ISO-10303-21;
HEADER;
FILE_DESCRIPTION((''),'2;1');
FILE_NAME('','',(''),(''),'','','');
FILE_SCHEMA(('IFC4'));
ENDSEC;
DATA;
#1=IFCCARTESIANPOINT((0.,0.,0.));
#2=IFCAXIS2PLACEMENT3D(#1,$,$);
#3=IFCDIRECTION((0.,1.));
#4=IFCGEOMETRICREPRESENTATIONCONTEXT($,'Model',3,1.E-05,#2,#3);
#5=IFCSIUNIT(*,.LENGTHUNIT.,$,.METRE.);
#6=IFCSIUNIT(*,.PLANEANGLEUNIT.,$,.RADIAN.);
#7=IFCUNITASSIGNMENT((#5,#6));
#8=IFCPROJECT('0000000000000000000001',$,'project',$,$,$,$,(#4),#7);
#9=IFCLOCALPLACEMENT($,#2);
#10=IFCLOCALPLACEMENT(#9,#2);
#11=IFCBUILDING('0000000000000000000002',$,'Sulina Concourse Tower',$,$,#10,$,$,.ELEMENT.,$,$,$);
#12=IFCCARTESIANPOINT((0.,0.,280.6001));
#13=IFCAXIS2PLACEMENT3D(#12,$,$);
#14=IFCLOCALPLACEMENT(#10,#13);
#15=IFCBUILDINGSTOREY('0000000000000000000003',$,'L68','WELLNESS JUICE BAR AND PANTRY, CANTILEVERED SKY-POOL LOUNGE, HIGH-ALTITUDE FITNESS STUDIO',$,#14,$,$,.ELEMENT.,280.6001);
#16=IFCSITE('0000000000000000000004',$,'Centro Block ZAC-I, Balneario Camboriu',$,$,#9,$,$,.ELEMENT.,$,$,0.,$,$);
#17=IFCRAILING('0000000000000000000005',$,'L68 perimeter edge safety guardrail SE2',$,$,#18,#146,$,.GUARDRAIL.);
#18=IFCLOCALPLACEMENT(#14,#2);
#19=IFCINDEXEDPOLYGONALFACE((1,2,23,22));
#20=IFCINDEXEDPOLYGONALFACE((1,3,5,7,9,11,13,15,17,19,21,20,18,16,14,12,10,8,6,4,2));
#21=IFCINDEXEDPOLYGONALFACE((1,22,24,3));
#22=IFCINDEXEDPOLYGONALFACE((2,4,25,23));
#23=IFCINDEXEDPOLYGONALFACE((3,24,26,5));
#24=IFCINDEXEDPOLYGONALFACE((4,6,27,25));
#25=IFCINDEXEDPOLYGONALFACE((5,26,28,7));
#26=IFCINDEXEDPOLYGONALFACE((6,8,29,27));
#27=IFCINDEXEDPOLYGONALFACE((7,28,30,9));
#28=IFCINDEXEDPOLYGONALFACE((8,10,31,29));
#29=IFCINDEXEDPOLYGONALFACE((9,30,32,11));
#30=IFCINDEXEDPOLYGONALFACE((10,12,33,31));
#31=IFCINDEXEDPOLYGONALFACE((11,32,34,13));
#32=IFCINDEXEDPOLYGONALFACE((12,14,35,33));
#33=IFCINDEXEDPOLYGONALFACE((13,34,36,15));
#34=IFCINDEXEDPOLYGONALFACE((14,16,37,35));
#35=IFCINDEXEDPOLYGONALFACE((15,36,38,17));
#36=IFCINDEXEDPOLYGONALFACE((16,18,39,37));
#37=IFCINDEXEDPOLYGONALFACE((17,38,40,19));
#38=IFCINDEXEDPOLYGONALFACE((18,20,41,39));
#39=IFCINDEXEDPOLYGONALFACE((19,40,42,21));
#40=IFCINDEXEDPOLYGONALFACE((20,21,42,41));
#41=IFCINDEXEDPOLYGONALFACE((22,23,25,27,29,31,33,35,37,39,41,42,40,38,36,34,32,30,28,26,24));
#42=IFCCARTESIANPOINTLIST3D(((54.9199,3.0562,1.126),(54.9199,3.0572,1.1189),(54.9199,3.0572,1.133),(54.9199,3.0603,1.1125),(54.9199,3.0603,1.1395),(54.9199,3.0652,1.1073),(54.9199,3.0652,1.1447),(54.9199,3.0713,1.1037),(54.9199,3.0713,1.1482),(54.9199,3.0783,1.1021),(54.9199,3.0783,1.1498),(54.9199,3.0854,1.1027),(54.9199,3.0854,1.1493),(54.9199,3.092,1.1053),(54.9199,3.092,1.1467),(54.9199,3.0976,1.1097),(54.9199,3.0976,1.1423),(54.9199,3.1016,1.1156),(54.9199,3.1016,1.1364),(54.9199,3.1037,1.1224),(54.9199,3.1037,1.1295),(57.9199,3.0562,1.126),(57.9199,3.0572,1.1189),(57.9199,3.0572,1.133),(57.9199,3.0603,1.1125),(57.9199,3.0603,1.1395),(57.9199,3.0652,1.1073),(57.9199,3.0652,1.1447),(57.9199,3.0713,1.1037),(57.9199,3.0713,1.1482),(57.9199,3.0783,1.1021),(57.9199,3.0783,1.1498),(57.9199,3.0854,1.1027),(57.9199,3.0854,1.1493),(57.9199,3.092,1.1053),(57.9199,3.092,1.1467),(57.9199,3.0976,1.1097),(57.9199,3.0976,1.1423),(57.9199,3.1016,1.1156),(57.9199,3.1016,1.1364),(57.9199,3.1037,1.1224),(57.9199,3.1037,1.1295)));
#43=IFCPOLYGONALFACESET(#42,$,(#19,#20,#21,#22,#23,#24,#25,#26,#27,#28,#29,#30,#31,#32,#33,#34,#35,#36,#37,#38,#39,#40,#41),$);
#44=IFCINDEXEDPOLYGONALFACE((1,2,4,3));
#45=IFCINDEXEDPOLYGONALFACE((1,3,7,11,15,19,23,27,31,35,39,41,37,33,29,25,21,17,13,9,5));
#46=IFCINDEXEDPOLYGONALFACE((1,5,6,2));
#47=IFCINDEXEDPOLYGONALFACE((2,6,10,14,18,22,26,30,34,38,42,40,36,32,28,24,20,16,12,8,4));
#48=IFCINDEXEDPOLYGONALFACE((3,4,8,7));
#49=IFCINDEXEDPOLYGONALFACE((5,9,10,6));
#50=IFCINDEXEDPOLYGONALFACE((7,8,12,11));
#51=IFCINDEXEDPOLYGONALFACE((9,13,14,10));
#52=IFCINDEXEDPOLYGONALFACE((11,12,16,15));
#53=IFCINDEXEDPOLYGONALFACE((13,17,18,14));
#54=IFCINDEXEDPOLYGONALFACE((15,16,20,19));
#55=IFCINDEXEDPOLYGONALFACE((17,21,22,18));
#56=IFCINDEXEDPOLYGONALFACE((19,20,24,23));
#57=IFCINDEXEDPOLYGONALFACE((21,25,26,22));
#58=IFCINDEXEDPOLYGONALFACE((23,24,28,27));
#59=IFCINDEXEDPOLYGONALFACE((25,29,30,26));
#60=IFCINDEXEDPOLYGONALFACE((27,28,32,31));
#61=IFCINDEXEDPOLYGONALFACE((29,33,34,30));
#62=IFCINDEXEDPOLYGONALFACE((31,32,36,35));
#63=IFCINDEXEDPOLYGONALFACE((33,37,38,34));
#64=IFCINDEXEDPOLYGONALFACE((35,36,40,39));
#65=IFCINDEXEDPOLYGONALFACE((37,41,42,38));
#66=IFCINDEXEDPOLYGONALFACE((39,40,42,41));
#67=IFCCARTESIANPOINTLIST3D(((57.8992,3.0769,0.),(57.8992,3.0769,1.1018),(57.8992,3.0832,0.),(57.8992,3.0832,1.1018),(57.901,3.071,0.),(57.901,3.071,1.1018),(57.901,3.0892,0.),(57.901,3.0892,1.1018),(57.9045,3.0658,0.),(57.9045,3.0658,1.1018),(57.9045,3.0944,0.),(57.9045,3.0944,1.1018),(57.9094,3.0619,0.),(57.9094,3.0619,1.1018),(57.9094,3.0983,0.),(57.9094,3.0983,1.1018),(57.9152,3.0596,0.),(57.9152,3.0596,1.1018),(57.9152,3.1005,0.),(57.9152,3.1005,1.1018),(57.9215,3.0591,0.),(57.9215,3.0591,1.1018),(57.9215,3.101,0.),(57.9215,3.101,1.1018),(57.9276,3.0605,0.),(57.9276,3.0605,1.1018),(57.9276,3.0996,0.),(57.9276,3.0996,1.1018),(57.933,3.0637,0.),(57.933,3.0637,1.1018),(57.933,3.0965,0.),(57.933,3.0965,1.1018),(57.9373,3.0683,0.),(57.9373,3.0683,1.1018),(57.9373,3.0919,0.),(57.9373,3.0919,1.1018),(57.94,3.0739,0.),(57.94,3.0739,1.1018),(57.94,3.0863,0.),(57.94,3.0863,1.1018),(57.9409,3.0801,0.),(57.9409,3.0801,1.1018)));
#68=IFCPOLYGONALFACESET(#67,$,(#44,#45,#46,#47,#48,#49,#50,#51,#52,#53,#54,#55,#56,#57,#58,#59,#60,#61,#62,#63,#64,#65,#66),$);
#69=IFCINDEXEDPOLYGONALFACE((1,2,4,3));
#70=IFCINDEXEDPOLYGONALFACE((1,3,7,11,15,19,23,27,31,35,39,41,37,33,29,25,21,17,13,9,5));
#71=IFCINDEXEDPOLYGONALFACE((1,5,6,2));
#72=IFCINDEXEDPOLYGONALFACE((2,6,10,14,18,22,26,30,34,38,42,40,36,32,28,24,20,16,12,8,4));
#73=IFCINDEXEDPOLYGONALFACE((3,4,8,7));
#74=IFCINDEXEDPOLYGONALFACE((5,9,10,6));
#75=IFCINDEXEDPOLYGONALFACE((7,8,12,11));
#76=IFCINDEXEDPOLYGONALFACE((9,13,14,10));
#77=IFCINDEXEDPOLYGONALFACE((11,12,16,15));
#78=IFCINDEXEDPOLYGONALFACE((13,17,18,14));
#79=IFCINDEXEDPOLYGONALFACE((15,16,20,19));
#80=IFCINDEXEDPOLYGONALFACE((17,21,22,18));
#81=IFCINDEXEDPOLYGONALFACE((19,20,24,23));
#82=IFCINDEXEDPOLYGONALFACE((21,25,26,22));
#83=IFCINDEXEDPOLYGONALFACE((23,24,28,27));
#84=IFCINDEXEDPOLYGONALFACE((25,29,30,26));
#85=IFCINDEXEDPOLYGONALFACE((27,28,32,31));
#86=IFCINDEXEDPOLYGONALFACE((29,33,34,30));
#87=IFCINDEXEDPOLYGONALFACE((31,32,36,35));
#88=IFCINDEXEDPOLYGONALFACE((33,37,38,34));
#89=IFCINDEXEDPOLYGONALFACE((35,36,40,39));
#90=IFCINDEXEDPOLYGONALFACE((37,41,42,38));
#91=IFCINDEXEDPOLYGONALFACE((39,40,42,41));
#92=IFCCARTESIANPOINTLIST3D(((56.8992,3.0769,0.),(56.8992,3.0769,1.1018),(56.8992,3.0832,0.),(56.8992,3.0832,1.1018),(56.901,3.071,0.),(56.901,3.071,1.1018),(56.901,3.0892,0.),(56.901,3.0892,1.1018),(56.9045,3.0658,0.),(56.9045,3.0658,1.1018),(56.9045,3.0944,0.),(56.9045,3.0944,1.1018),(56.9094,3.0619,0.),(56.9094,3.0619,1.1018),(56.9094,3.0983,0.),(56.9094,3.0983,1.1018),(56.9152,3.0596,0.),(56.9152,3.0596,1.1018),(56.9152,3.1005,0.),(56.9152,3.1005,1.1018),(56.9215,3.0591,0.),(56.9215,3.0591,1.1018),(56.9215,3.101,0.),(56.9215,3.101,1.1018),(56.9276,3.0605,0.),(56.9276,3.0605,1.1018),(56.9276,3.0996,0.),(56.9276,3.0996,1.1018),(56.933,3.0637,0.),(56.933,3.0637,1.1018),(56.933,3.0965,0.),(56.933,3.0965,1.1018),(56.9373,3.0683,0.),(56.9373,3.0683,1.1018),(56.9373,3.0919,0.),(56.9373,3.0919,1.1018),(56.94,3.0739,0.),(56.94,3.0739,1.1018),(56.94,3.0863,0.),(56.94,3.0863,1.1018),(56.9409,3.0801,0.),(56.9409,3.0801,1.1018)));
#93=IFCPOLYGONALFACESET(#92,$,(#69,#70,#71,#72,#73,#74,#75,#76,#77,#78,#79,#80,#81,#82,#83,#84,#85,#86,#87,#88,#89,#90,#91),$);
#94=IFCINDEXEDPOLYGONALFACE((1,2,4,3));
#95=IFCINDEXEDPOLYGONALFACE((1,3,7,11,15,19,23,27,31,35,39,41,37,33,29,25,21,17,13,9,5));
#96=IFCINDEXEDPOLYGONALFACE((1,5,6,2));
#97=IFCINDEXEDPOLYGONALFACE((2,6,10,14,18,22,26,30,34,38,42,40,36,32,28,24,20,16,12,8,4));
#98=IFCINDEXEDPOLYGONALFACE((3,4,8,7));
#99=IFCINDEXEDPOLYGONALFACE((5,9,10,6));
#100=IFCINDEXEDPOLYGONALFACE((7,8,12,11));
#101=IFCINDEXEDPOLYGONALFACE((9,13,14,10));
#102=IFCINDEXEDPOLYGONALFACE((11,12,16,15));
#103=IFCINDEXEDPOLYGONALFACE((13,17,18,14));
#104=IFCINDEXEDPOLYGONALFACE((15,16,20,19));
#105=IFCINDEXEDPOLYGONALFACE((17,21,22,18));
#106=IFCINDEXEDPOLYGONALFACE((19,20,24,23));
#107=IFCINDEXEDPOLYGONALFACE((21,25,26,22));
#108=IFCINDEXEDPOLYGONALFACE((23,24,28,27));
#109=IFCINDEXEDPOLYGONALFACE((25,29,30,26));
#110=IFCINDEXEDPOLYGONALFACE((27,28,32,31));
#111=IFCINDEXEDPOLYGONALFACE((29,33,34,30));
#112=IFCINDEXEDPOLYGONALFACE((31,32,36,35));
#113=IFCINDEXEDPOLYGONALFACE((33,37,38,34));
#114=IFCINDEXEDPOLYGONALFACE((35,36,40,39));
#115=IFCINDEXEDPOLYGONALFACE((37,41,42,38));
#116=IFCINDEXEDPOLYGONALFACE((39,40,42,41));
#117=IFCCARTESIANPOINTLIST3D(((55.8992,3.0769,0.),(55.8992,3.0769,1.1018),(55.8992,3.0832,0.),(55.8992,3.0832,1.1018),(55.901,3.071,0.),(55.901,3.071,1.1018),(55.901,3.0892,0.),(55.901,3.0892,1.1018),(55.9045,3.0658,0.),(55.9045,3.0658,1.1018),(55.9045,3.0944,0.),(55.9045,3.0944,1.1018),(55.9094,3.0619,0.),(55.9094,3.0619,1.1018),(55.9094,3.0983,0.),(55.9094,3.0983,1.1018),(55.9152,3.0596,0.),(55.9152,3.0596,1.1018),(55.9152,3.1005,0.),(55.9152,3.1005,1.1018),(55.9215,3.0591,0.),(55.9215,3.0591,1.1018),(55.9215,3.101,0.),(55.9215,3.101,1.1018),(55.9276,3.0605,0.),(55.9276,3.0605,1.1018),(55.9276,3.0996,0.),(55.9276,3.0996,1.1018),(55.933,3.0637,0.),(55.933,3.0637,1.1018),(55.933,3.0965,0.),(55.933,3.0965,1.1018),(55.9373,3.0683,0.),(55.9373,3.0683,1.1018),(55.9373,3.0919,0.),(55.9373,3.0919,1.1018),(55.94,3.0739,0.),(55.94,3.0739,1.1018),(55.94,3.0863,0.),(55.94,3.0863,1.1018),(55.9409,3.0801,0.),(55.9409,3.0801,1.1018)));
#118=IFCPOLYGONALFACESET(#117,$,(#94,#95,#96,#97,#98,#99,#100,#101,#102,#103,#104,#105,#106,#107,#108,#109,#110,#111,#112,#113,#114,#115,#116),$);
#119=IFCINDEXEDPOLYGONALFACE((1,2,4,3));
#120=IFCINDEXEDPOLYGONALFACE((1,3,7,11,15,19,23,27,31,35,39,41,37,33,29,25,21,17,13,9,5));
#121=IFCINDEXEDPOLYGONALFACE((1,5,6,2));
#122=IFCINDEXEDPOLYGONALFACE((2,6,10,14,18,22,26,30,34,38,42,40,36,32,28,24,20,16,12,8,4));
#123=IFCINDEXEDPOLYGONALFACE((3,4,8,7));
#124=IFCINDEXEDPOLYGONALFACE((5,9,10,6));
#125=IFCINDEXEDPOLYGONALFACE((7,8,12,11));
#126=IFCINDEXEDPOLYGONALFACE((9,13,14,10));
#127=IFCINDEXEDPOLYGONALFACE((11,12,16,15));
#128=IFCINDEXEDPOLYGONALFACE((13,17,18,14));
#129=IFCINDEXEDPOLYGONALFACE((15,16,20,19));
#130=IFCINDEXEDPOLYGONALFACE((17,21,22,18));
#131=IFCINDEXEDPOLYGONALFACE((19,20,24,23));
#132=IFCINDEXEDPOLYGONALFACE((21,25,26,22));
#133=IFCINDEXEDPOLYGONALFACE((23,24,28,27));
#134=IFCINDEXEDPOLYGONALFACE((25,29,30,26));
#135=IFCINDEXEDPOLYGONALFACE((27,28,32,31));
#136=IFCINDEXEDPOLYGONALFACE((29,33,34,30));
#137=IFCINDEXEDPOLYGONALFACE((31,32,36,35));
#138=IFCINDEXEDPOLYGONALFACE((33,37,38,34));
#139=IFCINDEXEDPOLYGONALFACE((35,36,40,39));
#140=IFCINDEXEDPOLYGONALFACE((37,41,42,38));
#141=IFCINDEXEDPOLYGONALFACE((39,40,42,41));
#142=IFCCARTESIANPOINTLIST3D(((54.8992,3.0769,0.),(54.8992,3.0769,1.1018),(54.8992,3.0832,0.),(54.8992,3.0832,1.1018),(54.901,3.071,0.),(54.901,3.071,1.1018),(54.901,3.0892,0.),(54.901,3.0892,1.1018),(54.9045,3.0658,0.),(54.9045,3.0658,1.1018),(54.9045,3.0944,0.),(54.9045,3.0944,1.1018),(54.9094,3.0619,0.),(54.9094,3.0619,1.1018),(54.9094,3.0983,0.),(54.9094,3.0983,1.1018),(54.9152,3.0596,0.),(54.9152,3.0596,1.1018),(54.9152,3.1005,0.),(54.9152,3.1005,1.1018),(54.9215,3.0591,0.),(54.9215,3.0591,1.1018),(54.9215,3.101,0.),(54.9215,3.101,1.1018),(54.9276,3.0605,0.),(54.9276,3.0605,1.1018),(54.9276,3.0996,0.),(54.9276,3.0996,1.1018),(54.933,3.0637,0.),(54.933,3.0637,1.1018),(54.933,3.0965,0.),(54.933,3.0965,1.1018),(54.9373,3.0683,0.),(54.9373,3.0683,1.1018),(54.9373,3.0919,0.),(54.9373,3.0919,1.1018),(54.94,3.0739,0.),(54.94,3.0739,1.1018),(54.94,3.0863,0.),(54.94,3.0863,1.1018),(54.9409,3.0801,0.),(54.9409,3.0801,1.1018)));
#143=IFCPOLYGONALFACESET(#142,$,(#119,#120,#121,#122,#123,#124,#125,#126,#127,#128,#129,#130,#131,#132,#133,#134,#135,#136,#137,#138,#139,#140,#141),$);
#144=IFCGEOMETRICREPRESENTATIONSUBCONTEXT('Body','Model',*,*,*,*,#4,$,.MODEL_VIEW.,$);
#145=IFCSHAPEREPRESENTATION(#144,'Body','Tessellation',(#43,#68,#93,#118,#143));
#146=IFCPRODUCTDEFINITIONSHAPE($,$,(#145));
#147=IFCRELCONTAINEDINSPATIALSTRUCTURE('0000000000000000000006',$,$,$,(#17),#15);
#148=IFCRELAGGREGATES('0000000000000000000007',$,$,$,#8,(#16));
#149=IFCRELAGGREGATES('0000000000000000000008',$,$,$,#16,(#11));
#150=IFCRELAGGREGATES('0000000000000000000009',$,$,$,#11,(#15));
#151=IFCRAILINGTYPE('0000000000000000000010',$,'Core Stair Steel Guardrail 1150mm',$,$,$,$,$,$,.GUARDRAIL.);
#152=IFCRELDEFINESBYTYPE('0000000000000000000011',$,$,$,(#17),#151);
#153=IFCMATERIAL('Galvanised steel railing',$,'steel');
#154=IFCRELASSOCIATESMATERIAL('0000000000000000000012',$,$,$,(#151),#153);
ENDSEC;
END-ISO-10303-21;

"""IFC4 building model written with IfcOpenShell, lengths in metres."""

from ifc_helpers import new_model, si_unit, direction, frame, origin, origin_2d, place, context, subcontext, project, spatial, circle, extrude, material, type_object, element, save


model = new_model("IFC4")

# Units and contexts
model_context = context("Model", 3, precision=1e-05, world=origin(), true_north=direction((0.0, 1.0)))
body_context = subcontext(model_context, "Body", "Model", "MODEL_VIEW")
ifc_project = project(units=[si_unit("LENGTHUNIT", "METRE"), si_unit("PLANEANGLEUNIT", "RADIAN")], contexts=[model_context])

# Site, building, storey
site_placement = place(None, origin())
site = spatial("IfcSite", under=ifc_project, at=site_placement, Name="Centro Block ZAC-I, Balneario Camboriu", CompositionType="ELEMENT", RefElevation=0.0)
building_placement = place(site_placement, origin())
building = spatial("IfcBuilding", under=site, at=building_placement, Name="Sulina Concourse Tower", CompositionType="ELEMENT")
storey_placement = place(building_placement, frame((0.0, 0.0, 280.6001)))
storey = spatial("IfcBuildingStorey", under=building, at=storey_placement, Name="L68", Description="WELLNESS JUICE BAR AND PANTRY, CANTILEVERED SKY-POOL LOUNGE, HIGH-ALTITUDE FITNESS STUDIO", CompositionType="ELEMENT", Elevation=280.6001)

# Railing
ifc_material_1 = material(Name="Galvanised steel railing", Category="steel")
railing_type = type_object("IfcRailingType", Name="Core Stair Steel Guardrail 1150mm", PredefinedType="GUARDRAIL", material=ifc_material_1)
railing_1_placement = place(storey_placement, frame((57.9199, 3.0801, 0.0)))
element("IfcRailing", 1, at=railing_1_placement, inside=storey, type_object=railing_type, Name="L68 perimeter edge safety guardrail SE2", PredefinedType="GUARDRAIL", context=body_context, shape_type="SweptSolid", body=[
    extrude(circle(Radius=0.0239, at=origin_2d()), frame((0.0, 0.0, 1.126), z_axis=(-1.0, 0.0, 0.0), x_axis=(0.0, -1.0, 0.0)), (0.0, 0.0, 1.0), 3.0),
    extrude(circle(Radius=0.021, at=origin_2d()), origin(), (0.0, 0.0, 1.0), 1.1018),
    extrude(circle(Radius=0.021, at=origin_2d()), frame((-1.0, 0.0, 0.0)), (0.0, 0.0, 1.0), 1.1018),
    extrude(circle(Radius=0.021, at=origin_2d()), frame((-2.0, 0.0, 0.0)), (0.0, 0.0, 1.0), 1.1018),
    extrude(circle(Radius=0.021, at=origin_2d()), frame((-3.0, 0.0, 0.0)), (0.0, 0.0, 1.0), 1.1018),
])

save(model, "model.ifc")
